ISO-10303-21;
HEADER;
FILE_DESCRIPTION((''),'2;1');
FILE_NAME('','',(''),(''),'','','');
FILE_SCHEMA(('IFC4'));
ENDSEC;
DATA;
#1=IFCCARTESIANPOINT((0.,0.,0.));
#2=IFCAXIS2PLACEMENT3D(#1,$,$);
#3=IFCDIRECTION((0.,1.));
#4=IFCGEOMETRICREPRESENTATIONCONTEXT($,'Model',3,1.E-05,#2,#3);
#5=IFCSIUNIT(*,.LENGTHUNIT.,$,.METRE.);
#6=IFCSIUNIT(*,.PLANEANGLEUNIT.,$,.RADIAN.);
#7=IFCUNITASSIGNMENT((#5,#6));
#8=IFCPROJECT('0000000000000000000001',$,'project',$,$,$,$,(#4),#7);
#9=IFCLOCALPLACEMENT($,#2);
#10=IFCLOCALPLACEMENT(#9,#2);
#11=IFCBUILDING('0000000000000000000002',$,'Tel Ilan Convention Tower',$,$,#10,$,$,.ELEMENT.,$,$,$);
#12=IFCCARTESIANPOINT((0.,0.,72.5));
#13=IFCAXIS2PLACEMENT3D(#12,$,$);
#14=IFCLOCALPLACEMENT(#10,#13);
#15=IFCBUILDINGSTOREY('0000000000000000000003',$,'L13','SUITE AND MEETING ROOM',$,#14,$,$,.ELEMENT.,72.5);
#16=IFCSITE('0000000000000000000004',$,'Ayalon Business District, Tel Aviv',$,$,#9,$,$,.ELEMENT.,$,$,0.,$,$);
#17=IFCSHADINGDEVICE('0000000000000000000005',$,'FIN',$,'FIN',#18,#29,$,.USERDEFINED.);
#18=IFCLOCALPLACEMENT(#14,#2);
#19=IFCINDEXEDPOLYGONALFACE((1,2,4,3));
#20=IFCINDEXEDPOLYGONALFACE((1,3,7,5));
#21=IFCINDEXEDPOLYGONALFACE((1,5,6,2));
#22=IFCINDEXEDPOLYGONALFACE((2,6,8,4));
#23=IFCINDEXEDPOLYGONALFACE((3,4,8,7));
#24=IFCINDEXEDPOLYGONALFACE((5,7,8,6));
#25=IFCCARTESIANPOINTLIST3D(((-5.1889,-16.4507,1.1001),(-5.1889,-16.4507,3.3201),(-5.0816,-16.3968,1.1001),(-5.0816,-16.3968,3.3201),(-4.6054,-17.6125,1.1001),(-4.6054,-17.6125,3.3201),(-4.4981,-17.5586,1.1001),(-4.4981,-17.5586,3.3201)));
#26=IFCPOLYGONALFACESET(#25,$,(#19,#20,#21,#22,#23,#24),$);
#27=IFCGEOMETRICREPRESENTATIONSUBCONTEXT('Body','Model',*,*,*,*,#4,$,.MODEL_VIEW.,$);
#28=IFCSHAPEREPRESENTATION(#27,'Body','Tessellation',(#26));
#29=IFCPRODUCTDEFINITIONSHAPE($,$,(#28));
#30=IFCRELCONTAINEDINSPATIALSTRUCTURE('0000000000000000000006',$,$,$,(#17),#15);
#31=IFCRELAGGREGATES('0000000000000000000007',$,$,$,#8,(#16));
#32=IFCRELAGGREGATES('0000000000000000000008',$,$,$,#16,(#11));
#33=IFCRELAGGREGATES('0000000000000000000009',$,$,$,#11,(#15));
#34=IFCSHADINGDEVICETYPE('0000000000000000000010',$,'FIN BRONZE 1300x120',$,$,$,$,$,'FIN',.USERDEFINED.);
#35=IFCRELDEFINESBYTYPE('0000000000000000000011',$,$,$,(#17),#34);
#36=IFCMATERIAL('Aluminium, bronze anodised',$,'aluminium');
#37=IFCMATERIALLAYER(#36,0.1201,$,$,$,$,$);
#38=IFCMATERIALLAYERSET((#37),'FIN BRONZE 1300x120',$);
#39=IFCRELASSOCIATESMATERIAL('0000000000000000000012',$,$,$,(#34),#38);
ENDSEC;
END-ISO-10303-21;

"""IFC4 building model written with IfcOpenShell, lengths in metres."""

from ifc_helpers import new_model, si_unit, direction, frame, origin, origin_2d, place, context, subcontext, project, spatial, rectangle, extrude, material, layer, layer_set, type_object, element, save


model = new_model("IFC4")

# Units and contexts
model_context = context("Model", 3, precision=1e-05, world=origin(), true_north=direction((0.0, 1.0)))
body_context = subcontext(model_context, "Body", "Model", "MODEL_VIEW")
ifc_project = project(units=[si_unit("LENGTHUNIT", "METRE"), si_unit("PLANEANGLEUNIT", "RADIAN")], contexts=[model_context])

# Site, building, storey
site_placement = place(None, origin())
site = spatial("IfcSite", under=ifc_project, at=site_placement, Name="Ayalon Business District, Tel Aviv", CompositionType="ELEMENT", RefElevation=0.0)
building_placement = place(site_placement, origin())
building = spatial("IfcBuilding", under=site, at=building_placement, Name="Tel Ilan Convention Tower", CompositionType="ELEMENT")
storey_placement = place(building_placement, frame((0.0, 0.0, 72.5)))
storey = spatial("IfcBuildingStorey", under=building, at=storey_placement, Name="L13", Description="SUITE AND MEETING ROOM", CompositionType="ELEMENT", Elevation=72.5)

# Shading device
ifc_material_1 = material(Name="Aluminium, bronze anodised", Category="aluminium")
ifc_layer_1 = layer(ifc_material_1, 0.1201)
ifc_layer_set_1 = layer_set([ifc_layer_1], Name="FIN BRONZE 1300x120")
shading_device_type = type_object("IfcShadingDeviceType", Name="FIN BRONZE 1300x120", ElementType="FIN", PredefinedType="USERDEFINED", material=ifc_layer_set_1)
for number, where, z_axis, x_axis, name in (
    (1, (-4.8435, -17.0046, 1.1001), (0.0, 0.0, 1.0), (0.448799, -0.893633, 0.0), "FIN"),
):
    element("IfcShadingDevice", number, at=place(storey_placement, frame(where, z_axis=z_axis, x_axis=x_axis)), inside=storey, type_object=shading_device_type, Name=name, ObjectType="FIN", PredefinedType="USERDEFINED", context=body_context, shape_type="SweptSolid", body=[
        extrude(rectangle(XDim=1.3, YDim=0.1201, at=origin_2d()), origin(), (0.0, 0.0, 1.0), 2.22),
    ])

save(model, "model.ifc")
